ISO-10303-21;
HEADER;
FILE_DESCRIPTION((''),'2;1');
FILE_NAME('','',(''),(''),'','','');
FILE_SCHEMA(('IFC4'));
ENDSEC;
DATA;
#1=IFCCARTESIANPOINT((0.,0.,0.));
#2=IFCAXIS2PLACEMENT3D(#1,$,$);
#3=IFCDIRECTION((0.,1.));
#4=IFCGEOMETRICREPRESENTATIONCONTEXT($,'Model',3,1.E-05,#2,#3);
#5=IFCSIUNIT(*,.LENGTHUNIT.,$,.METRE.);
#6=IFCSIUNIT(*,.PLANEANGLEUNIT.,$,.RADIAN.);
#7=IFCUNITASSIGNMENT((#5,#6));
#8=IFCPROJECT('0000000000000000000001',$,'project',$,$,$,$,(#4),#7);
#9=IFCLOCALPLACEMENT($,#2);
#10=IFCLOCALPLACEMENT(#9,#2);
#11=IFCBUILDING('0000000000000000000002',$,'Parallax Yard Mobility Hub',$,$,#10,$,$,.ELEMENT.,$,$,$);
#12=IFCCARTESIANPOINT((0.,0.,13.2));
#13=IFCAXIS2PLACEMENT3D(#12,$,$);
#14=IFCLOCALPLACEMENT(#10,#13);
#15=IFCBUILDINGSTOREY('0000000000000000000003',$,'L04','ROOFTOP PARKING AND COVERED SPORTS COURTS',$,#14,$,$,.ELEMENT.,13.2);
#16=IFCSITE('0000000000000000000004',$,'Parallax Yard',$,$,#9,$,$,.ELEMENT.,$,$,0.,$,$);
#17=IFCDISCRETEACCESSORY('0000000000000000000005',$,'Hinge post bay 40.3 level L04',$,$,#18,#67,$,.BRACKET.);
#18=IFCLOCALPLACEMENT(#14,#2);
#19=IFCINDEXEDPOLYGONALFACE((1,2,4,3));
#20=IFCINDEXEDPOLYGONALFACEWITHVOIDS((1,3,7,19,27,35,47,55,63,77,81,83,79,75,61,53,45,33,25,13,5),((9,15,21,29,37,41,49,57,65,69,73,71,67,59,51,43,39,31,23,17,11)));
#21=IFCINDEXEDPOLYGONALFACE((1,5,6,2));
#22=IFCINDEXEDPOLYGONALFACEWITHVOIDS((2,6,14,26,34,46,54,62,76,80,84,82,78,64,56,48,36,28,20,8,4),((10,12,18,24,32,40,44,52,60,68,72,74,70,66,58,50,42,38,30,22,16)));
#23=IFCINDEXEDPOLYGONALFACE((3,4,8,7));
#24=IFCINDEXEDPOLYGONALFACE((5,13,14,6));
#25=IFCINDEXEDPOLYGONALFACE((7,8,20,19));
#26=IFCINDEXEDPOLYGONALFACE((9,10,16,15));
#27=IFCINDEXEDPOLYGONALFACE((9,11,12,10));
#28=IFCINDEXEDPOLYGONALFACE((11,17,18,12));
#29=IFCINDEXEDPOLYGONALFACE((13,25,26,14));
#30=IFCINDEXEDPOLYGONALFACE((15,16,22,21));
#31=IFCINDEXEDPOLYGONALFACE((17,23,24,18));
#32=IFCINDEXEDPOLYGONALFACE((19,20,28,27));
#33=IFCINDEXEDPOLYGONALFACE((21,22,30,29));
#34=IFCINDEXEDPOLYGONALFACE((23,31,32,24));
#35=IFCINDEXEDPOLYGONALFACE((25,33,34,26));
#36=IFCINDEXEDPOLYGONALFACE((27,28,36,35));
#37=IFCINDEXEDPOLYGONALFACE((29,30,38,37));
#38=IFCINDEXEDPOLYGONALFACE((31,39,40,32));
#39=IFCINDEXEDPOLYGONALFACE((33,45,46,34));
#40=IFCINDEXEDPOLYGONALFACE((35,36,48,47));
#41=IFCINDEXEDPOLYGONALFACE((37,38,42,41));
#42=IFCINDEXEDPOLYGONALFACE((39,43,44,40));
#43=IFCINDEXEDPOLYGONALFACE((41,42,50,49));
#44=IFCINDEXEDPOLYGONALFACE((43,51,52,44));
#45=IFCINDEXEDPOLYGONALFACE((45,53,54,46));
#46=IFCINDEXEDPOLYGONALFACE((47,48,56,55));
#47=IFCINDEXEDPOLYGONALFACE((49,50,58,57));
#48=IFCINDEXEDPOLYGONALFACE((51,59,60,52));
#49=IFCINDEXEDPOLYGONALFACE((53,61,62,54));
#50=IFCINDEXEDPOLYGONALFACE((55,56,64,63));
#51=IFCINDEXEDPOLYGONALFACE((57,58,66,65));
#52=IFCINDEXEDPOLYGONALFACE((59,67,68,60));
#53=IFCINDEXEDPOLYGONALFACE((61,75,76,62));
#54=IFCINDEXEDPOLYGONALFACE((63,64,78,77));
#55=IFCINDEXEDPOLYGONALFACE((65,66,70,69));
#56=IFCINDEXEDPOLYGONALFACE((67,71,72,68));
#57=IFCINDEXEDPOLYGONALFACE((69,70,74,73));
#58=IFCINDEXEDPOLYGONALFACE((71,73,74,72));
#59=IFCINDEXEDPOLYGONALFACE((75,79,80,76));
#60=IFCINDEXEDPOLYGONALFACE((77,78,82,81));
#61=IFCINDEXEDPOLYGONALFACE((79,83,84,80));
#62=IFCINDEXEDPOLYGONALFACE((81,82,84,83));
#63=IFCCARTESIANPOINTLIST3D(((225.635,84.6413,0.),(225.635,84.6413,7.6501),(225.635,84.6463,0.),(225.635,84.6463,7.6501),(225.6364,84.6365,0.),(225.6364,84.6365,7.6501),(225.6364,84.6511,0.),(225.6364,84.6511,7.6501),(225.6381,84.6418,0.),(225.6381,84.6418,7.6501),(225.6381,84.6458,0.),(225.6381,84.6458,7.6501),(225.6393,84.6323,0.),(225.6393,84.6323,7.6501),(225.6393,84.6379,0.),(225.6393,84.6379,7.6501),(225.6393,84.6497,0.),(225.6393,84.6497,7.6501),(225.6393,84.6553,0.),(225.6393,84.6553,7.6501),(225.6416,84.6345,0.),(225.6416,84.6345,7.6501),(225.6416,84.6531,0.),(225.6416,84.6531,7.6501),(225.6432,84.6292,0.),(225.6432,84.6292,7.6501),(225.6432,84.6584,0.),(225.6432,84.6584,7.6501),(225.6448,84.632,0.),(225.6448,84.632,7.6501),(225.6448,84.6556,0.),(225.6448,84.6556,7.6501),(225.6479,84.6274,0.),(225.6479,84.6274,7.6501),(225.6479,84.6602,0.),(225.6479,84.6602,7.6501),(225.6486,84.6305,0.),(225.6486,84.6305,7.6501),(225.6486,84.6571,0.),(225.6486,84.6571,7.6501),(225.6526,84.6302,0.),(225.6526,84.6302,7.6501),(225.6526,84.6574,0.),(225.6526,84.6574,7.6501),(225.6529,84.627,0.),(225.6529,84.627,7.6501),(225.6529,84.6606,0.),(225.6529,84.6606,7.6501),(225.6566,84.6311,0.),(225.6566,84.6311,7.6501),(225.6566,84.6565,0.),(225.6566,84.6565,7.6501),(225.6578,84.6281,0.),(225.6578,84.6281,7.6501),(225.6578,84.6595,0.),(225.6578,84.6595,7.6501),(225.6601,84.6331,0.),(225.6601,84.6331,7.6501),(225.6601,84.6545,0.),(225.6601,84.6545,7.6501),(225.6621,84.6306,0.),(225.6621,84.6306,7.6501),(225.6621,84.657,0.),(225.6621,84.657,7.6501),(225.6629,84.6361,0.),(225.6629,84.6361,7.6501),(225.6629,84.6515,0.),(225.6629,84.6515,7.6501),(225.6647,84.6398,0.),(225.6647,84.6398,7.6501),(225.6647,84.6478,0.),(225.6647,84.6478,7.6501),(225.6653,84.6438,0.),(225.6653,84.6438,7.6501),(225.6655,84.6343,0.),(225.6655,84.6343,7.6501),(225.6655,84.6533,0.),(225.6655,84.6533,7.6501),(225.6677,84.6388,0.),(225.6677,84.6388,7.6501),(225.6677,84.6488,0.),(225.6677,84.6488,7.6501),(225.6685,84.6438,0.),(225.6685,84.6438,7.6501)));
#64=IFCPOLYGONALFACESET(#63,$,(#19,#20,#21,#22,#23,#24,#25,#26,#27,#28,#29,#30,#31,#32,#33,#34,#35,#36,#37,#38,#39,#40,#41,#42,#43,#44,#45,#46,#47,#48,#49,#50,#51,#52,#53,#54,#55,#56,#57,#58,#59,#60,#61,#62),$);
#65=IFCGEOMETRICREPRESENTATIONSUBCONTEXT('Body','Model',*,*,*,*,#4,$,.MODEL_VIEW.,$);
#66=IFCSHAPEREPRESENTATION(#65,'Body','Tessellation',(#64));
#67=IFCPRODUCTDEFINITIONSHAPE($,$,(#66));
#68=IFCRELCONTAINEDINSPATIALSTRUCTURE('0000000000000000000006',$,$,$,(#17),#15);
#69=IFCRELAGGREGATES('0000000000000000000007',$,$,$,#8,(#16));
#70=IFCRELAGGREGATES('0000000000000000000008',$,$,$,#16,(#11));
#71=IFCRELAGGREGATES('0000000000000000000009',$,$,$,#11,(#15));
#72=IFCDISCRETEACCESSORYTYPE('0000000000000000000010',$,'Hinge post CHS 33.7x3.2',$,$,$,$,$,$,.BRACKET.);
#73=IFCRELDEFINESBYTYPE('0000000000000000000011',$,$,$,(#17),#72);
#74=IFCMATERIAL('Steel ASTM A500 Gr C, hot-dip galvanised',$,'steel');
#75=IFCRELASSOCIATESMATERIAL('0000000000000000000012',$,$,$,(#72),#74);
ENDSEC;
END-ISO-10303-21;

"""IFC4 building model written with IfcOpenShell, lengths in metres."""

from ifc_helpers import new_model, si_unit, direction, frame, origin, origin_2d, place, context, subcontext, project, spatial, hollow_circle, extrude, material, material_profile, profile_set, type_object, element, save


model = new_model("IFC4")

# Units and contexts
model_context = context("Model", 3, precision=1e-05, world=origin(), true_north=direction((0.0, 1.0)))
body_context = subcontext(model_context, "Body", "Model", "MODEL_VIEW")
ifc_project = project(units=[si_unit("LENGTHUNIT", "METRE"), si_unit("PLANEANGLEUNIT", "RADIAN")], contexts=[model_context])

# Site, building, storey
site_placement = place(None, origin())
site = spatial("IfcSite", under=ifc_project, at=site_placement, Name="Parallax Yard", CompositionType="ELEMENT", RefElevation=0.0)
building_placement = place(site_placement, origin())
building = spatial("IfcBuilding", under=site, at=building_placement, Name="Parallax Yard Mobility Hub", CompositionType="ELEMENT")
storey_placement = place(building_placement, frame((0.0, 0.0, 13.2)))
storey = spatial("IfcBuildingStorey", under=building, at=storey_placement, Name="L04", Description="ROOFTOP PARKING AND COVERED SPORTS COURTS", CompositionType="ELEMENT", Elevation=13.2)

# Discrete accessory
ifc_material_1 = material(Name="Steel ASTM A500 Gr C, hot-dip galvanised", Category="steel")
ifc_material_profile = material_profile(ifc_material_1, hollow_circle(Radius=0.0168, WallThickness=0.0032, at=origin_2d()), Name="CHS 33.7x3.2")
ifc_profile_set = profile_set([ifc_material_profile], Name="Steel ASTM A500 Gr C, hot-dip galvanised")
discrete_accessory_type_1 = type_object("IfcDiscreteAccessoryType", Name="Hinge post CHS 33.7x3.2", PredefinedType="BRACKET", material=ifc_profile_set)
for number, where, z_axis, x_axis, name in (
    (1, (225.6516, 84.6438, 0.0), (0.0, 0.0, 1.0), (1.0, 0.0, 0.0), "Hinge post bay 40.3 level L04"),
):
    element("IfcDiscreteAccessory", number, at=place(storey_placement, frame(where, z_axis=z_axis, x_axis=x_axis)), inside=storey, type_object=discrete_accessory_type_1, Name=name, PredefinedType="BRACKET", context=body_context, shape_type="SweptSolid", body=[
        extrude(hollow_circle(Radius=0.0168, WallThickness=0.0032, at=origin_2d()), origin(), (0.0, 0.0, 1.0), 7.6501),
    ])

save(model, "model.ifc")
